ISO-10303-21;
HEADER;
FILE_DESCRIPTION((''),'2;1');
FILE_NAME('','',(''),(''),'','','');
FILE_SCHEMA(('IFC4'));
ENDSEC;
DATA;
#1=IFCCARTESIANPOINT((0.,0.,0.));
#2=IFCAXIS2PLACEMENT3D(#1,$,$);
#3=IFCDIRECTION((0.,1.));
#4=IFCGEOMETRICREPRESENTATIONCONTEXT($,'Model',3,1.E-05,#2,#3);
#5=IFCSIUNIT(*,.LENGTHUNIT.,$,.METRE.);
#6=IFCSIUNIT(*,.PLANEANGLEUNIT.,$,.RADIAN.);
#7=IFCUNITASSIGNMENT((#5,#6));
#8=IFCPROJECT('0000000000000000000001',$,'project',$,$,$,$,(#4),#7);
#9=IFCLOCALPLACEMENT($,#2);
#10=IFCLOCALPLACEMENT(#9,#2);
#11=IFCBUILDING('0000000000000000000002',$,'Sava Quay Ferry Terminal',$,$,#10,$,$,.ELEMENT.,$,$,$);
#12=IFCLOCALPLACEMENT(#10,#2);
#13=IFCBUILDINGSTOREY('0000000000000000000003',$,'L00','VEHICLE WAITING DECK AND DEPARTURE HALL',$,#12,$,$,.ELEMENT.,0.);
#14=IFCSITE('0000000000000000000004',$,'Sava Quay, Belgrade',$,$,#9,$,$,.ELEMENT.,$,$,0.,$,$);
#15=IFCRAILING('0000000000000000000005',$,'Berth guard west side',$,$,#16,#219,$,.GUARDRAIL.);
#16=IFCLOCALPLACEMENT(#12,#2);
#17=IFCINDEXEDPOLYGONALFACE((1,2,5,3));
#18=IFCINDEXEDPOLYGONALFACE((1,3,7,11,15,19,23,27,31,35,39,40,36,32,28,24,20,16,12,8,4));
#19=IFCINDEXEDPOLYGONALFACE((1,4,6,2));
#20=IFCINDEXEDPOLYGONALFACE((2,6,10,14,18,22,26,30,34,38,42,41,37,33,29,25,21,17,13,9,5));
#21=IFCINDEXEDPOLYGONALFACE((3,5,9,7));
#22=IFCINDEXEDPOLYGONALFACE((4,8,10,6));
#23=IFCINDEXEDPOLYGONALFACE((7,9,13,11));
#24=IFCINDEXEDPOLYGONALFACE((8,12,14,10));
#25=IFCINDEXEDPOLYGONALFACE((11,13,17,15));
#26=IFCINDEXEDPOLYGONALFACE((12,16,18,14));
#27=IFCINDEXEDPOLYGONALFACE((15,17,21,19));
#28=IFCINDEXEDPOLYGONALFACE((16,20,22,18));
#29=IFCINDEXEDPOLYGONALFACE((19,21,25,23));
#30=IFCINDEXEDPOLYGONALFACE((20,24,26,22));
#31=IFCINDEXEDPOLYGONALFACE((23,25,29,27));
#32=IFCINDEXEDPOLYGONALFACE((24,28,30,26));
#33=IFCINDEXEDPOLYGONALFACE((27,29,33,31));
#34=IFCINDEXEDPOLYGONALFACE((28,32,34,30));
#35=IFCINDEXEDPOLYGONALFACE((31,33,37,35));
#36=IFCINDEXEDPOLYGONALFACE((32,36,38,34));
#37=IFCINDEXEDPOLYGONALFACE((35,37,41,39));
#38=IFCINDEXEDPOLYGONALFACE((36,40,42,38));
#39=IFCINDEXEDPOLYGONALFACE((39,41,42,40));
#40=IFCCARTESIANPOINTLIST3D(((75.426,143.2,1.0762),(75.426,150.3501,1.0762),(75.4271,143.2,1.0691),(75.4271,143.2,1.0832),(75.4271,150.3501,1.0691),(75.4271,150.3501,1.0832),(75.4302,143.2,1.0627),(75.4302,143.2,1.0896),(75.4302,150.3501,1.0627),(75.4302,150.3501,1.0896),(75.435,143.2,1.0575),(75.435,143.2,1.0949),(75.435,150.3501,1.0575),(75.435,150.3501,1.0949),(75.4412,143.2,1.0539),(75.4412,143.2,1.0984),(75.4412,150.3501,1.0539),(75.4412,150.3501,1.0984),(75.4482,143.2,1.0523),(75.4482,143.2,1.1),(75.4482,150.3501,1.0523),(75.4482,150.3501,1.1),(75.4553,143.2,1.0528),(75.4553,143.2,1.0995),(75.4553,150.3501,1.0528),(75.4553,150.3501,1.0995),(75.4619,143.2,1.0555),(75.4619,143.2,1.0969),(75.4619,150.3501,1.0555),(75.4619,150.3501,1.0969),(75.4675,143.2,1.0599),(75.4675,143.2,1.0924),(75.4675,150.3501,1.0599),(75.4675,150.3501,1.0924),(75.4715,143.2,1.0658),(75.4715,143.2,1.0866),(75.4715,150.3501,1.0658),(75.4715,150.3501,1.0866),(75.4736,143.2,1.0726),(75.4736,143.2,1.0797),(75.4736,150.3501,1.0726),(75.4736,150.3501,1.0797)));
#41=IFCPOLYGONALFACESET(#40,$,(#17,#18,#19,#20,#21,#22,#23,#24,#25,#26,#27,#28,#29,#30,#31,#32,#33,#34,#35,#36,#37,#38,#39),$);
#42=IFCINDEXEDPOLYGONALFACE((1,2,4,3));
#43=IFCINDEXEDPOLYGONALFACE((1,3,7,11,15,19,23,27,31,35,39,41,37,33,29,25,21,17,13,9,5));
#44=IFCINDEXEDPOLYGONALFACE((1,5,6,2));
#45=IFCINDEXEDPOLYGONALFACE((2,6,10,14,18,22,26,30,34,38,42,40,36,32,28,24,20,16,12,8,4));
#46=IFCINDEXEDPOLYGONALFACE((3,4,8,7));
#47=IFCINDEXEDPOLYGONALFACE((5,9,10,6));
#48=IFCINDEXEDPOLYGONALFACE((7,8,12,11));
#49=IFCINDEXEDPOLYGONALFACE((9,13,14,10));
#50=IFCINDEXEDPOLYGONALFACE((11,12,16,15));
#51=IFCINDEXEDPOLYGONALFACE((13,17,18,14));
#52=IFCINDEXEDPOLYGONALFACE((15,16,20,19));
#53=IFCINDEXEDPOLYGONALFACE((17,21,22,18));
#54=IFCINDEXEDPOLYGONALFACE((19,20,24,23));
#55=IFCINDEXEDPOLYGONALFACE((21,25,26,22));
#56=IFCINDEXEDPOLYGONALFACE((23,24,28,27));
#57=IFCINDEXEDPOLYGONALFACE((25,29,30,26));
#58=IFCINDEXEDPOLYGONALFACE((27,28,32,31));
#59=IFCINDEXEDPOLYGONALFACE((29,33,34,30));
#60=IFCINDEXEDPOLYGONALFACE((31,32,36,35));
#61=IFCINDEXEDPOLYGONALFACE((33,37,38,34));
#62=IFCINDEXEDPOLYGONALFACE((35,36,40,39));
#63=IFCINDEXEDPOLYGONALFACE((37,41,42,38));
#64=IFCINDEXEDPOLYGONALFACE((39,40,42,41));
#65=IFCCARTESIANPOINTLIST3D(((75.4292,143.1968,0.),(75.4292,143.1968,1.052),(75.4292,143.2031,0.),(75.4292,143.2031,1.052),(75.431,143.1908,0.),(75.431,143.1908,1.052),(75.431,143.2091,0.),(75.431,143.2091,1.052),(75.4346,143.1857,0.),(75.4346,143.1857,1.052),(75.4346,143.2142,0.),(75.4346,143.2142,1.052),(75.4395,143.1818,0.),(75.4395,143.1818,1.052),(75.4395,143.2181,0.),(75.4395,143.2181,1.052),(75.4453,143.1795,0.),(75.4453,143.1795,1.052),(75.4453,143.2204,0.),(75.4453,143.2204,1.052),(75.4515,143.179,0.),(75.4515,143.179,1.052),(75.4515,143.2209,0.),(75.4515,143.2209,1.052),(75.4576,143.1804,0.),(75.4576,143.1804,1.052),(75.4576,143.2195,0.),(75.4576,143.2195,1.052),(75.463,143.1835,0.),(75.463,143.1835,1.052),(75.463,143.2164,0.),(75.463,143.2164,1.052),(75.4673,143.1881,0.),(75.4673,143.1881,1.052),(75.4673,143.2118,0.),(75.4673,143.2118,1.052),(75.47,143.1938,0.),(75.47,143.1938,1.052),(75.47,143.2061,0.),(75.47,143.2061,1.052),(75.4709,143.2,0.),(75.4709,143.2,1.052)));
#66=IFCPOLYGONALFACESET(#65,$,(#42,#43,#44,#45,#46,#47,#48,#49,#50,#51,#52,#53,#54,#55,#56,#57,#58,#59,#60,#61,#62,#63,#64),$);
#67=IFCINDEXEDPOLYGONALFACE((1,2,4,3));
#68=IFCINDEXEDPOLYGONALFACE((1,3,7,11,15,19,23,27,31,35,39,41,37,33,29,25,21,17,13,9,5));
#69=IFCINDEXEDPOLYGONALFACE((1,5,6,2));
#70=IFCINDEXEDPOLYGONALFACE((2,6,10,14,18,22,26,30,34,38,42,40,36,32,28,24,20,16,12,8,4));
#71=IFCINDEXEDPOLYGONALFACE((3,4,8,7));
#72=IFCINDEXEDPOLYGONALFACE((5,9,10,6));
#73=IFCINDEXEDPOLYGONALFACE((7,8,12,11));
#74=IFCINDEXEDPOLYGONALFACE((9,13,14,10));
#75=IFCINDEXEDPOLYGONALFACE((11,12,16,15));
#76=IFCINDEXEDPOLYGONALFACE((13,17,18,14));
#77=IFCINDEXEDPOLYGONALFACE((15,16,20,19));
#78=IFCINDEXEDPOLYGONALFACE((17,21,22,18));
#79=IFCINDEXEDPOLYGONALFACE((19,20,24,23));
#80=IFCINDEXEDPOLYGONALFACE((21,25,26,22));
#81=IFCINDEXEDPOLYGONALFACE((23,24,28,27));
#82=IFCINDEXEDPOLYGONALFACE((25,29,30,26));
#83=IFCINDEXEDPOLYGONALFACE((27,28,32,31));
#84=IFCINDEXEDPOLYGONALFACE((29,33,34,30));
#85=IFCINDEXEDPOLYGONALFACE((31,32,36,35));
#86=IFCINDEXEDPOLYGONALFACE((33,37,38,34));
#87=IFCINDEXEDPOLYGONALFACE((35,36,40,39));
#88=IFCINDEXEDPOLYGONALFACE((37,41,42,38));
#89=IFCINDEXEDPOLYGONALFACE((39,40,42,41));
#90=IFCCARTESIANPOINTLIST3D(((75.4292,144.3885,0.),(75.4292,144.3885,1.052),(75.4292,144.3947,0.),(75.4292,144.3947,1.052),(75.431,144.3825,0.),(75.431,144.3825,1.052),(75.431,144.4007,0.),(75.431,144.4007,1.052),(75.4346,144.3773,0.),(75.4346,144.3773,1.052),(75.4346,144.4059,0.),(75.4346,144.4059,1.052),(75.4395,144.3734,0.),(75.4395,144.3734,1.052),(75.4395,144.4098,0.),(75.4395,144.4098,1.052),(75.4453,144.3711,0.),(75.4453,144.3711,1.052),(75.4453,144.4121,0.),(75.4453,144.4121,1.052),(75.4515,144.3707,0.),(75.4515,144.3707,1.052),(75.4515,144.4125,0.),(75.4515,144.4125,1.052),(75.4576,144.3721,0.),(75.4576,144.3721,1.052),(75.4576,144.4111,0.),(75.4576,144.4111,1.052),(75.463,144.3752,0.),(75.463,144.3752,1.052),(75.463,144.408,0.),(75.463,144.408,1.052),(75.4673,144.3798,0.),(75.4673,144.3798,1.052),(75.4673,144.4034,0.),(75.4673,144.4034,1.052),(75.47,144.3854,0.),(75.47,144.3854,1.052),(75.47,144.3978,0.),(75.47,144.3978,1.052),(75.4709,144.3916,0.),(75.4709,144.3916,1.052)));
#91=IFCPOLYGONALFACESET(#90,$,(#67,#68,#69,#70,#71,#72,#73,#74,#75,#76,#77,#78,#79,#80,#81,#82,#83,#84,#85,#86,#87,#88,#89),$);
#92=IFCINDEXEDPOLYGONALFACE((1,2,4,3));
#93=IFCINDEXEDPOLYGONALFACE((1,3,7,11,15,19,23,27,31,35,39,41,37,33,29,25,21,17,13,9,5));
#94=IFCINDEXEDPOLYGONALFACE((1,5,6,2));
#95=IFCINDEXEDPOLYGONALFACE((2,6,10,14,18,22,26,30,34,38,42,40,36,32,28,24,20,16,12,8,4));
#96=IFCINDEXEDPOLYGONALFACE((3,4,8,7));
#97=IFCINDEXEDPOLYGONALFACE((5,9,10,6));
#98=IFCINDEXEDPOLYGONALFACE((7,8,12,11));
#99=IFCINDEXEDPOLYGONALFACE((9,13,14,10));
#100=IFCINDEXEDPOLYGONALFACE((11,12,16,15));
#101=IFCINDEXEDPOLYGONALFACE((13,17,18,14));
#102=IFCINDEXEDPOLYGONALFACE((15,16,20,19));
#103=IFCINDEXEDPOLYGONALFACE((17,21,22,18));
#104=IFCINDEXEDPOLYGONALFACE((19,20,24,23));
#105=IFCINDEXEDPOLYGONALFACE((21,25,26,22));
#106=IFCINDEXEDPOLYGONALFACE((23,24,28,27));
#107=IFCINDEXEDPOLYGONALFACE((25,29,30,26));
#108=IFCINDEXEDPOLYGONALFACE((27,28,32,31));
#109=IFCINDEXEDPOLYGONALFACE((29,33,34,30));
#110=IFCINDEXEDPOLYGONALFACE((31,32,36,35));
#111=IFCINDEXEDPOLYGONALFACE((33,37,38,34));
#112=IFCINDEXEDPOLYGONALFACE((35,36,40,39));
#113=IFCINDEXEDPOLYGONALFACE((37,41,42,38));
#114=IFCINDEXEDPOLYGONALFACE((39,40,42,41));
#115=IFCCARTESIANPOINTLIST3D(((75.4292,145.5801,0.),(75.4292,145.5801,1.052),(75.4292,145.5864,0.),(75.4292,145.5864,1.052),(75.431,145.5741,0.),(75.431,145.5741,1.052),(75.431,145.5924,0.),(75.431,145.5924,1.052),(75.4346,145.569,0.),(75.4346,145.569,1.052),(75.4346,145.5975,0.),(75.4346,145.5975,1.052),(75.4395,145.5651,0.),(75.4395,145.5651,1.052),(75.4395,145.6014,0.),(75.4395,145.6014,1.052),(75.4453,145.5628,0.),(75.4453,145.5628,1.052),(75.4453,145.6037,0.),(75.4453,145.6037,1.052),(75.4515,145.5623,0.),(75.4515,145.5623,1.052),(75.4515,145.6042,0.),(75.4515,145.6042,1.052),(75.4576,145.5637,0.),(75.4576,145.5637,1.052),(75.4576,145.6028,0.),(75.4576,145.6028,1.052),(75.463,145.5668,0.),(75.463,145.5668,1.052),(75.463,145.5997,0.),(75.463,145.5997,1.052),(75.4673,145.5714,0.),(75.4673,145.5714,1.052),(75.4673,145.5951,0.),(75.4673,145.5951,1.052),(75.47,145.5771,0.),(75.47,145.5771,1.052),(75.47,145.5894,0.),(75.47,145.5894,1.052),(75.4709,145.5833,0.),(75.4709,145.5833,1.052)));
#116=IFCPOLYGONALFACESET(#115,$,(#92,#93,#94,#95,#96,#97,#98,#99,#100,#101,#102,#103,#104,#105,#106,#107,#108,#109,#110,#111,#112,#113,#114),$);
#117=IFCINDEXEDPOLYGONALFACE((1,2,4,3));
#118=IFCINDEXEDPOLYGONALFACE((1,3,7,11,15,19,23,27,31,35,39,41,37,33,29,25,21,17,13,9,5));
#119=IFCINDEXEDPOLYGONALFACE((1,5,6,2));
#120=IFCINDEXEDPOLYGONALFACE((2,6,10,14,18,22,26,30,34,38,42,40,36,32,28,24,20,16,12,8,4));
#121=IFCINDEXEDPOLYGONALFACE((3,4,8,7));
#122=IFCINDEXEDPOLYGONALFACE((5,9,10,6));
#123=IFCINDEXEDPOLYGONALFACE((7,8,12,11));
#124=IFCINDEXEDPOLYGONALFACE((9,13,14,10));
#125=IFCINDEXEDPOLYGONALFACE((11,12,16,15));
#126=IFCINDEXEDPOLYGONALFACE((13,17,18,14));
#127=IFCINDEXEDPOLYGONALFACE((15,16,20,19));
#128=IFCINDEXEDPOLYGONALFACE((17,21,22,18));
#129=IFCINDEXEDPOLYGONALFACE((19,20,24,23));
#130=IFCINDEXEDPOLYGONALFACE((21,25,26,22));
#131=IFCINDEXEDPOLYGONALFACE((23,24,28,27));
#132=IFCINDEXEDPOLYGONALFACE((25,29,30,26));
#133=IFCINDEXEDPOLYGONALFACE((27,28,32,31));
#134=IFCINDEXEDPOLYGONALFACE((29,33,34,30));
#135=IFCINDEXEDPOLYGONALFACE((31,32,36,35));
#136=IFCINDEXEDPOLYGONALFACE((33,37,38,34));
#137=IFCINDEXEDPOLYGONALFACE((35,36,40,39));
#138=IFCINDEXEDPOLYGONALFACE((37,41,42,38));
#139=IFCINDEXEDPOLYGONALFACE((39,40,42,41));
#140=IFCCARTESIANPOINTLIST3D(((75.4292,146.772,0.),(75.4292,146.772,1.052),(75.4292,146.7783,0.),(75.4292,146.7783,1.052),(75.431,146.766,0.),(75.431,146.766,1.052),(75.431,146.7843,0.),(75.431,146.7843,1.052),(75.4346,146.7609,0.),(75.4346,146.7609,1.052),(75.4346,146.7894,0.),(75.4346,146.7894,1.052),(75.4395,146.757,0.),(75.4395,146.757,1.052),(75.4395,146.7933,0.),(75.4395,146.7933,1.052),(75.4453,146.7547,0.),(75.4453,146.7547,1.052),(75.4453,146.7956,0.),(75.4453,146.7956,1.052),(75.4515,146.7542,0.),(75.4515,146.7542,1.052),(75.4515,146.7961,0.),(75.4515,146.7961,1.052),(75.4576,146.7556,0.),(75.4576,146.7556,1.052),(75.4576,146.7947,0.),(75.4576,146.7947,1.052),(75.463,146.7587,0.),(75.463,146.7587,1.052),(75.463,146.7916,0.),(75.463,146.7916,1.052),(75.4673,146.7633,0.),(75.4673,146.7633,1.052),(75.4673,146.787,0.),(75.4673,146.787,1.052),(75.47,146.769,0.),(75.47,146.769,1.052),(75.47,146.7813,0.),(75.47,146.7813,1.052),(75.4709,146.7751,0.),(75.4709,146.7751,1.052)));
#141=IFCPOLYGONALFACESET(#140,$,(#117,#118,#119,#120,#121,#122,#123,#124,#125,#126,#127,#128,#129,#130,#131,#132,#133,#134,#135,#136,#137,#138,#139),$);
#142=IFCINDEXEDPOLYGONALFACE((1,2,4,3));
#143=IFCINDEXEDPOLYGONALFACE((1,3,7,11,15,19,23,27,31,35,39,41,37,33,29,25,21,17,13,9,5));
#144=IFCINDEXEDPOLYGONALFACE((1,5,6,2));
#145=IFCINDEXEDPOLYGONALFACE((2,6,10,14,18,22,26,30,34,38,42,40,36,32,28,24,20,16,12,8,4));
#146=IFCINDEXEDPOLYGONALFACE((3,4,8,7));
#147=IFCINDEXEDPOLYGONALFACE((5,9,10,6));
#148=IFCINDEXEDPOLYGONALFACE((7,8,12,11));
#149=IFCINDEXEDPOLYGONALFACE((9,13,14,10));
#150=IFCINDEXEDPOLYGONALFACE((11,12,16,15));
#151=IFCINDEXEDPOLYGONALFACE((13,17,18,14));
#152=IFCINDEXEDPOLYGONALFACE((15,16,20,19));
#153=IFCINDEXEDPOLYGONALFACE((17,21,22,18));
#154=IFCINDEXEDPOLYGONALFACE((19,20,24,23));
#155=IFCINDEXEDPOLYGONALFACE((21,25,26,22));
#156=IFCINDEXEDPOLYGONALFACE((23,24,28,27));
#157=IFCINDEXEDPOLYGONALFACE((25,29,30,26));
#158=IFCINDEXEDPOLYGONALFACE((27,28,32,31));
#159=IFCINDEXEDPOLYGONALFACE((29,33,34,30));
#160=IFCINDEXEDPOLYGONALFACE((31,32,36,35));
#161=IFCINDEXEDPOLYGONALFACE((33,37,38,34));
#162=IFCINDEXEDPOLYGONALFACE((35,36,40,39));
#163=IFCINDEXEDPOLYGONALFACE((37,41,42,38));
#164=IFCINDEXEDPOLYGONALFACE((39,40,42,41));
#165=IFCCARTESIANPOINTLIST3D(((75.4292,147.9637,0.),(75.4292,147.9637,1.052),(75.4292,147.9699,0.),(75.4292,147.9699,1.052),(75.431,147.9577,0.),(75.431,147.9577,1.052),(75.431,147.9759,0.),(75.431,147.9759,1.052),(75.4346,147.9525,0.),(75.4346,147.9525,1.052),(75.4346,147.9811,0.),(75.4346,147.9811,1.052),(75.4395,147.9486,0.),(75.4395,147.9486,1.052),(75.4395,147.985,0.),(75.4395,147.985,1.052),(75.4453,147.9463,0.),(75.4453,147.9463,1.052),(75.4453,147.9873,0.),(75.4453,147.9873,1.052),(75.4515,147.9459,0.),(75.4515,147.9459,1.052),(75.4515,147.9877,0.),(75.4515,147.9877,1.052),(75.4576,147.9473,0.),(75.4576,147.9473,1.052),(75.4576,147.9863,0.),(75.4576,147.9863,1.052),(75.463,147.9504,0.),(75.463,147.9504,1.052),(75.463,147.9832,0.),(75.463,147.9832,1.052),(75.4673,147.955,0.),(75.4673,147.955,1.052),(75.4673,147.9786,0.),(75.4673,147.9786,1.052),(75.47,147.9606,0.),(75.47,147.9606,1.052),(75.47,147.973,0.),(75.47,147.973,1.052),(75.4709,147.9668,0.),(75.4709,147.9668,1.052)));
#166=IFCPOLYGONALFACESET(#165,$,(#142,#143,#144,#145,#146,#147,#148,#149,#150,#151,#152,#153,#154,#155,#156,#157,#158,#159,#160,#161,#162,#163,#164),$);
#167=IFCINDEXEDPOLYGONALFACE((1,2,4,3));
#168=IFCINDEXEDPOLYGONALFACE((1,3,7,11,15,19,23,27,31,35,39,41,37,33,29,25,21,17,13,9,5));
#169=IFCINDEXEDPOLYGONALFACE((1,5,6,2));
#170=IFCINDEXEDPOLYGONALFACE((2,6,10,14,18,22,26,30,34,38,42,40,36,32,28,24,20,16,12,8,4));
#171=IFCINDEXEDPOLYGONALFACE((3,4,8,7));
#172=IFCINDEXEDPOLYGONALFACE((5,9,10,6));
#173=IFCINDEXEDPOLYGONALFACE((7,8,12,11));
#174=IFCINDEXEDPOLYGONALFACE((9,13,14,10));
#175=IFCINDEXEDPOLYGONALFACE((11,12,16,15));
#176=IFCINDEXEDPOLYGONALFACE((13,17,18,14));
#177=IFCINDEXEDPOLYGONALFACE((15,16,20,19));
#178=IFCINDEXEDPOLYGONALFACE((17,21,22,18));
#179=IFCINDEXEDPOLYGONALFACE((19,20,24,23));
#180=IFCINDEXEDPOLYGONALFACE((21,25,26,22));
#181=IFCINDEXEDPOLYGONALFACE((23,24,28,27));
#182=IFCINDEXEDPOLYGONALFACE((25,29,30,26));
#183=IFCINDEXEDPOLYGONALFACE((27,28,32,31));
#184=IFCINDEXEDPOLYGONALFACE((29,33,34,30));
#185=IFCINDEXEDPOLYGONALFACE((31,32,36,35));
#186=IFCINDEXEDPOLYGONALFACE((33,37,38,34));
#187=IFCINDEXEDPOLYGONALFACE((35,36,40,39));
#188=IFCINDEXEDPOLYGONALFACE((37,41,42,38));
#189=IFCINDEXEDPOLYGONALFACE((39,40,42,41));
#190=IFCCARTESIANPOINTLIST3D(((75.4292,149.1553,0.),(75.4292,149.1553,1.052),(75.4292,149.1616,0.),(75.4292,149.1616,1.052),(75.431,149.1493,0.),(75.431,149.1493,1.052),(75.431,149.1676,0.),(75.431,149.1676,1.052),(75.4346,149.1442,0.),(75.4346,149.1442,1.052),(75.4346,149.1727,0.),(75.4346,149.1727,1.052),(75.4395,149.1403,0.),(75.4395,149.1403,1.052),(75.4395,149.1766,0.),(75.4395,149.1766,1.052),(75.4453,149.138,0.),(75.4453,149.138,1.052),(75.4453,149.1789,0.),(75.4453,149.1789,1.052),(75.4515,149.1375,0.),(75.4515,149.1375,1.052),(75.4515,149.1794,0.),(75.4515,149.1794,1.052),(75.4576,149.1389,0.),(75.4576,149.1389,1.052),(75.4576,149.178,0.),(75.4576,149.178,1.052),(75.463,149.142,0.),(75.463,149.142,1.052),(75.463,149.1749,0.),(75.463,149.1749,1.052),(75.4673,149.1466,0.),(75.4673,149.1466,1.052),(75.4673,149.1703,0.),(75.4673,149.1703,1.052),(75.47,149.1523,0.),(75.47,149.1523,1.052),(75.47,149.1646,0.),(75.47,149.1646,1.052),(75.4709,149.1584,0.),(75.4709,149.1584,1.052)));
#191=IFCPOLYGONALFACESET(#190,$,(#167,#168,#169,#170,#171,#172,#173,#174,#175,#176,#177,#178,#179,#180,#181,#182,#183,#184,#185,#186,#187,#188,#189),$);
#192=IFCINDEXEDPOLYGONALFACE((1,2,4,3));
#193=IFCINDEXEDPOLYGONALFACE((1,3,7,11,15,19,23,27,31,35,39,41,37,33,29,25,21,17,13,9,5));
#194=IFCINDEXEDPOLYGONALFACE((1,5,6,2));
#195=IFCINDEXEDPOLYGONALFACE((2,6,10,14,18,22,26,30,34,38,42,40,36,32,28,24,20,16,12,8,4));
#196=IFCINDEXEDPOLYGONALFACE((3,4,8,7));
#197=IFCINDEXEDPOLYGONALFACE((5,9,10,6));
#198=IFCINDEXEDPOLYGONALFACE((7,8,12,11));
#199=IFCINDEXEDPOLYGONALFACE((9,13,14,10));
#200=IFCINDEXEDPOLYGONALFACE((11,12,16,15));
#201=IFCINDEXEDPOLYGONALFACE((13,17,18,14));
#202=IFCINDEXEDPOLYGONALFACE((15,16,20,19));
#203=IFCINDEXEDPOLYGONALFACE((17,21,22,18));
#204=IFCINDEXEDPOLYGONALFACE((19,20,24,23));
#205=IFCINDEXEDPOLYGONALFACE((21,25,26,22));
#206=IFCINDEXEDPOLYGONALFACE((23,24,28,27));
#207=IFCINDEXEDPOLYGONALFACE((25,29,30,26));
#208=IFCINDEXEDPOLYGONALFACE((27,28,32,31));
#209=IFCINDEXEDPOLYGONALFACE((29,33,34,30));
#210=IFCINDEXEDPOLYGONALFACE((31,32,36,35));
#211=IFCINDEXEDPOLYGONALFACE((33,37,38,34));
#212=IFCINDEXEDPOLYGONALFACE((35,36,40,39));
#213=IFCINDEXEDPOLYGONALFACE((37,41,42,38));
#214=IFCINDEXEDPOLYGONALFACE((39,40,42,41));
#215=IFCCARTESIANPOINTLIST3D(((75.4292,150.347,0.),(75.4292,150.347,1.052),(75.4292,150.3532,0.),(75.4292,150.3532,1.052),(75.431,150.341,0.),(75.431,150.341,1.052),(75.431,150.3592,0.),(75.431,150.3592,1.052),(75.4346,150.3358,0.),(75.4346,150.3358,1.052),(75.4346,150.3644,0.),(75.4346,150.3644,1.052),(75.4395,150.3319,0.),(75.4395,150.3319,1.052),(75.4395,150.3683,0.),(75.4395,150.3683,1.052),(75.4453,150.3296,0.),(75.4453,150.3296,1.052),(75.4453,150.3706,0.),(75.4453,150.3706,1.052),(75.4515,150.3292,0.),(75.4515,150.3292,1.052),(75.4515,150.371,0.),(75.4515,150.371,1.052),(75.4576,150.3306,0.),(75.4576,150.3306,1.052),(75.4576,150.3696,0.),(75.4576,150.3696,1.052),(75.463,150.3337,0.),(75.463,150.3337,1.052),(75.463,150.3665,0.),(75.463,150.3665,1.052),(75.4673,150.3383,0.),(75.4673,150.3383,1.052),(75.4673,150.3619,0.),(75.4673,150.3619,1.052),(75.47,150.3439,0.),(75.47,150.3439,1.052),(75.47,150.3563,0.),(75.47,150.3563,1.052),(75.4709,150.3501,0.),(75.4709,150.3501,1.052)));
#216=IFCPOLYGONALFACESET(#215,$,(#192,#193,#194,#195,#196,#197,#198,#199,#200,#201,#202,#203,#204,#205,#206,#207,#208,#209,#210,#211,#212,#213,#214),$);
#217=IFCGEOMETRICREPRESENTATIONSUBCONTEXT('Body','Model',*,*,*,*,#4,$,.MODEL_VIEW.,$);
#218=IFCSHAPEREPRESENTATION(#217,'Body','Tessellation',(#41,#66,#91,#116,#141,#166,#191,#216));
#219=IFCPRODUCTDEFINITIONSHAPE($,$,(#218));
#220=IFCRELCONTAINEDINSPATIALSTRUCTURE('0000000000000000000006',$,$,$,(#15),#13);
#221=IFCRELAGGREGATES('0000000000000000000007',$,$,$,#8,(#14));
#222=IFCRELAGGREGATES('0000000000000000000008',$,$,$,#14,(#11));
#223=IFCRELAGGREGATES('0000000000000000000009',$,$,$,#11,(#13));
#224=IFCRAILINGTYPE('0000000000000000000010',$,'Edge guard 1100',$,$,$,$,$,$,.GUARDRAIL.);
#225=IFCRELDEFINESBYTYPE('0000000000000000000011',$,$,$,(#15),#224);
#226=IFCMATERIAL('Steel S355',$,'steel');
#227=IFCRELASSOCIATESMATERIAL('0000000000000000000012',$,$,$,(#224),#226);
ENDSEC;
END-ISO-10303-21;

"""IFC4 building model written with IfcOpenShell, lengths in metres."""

from ifc_helpers import new_model, si_unit, direction, frame, origin, origin_2d, place, context, subcontext, project, spatial, circle, extrude, material, type_object, element, save


model = new_model("IFC4")

# Units and contexts
model_context = context("Model", 3, precision=1e-05, world=origin(), true_north=direction((0.0, 1.0)))
body_context = subcontext(model_context, "Body", "Model", "MODEL_VIEW")
ifc_project = project(units=[si_unit("LENGTHUNIT", "METRE"), si_unit("PLANEANGLEUNIT", "RADIAN")], contexts=[model_context])

# Site, building, storey
site_placement = place(None, origin())
site = spatial("IfcSite", under=ifc_project, at=site_placement, Name="Sava Quay, Belgrade", CompositionType="ELEMENT", RefElevation=0.0)
building_placement = place(site_placement, origin())
building = spatial("IfcBuilding", under=site, at=building_placement, Name="Sava Quay Ferry Terminal", CompositionType="ELEMENT")
storey_placement = place(building_placement, origin())
storey = spatial("IfcBuildingStorey", under=building, at=storey_placement, Name="L00", Description="VEHICLE WAITING DECK AND DEPARTURE HALL", CompositionType="ELEMENT", Elevation=0.0)

# Railing
ifc_material_1 = material(Name="Steel S355", Category="steel")
railing_type = type_object("IfcRailingType", Name="Edge guard 1100", PredefinedType="GUARDRAIL", material=ifc_material_1)
railing_1_placement = place(storey_placement, frame((75.45, 143.2, 0.0)))
element("IfcRailing", 1, at=railing_1_placement, inside=storey, type_object=railing_type, Name="Berth guard west side", PredefinedType="GUARDRAIL", context=body_context, shape_type="SweptSolid", body=[
    extrude(circle(Radius=0.0239, at=origin_2d()), frame((0.0, 0.0, 1.0762), z_axis=(0.0, 1.0, 0.0), x_axis=(-1.0, 0.0, 0.0)), (0.0, 0.0, 1.0), 7.1501),
    extrude(circle(Radius=0.021, at=origin_2d()), origin(), (0.0, 0.0, 1.0), 1.052),
    extrude(circle(Radius=0.021, at=origin_2d()), frame((0.0, 1.1917, 0.0)), (0.0, 0.0, 1.0), 1.052),
    extrude(circle(Radius=0.021, at=origin_2d()), frame((0.0, 2.3833, 0.0)), (0.0, 0.0, 1.0), 1.052),
    extrude(circle(Radius=0.021, at=origin_2d()), frame((0.0, 3.5752, 0.0)), (0.0, 0.0, 1.0), 1.052),
    extrude(circle(Radius=0.021, at=origin_2d()), frame((0.0, 4.7668, 0.0)), (0.0, 0.0, 1.0), 1.052),
    extrude(circle(Radius=0.021, at=origin_2d()), frame((0.0, 5.9585, 0.0)), (0.0, 0.0, 1.0), 1.052),
    extrude(circle(Radius=0.021, at=origin_2d()), frame((0.0, 7.1501, 0.0)), (0.0, 0.0, 1.0), 1.052),
])

save(model, "model.ifc")
